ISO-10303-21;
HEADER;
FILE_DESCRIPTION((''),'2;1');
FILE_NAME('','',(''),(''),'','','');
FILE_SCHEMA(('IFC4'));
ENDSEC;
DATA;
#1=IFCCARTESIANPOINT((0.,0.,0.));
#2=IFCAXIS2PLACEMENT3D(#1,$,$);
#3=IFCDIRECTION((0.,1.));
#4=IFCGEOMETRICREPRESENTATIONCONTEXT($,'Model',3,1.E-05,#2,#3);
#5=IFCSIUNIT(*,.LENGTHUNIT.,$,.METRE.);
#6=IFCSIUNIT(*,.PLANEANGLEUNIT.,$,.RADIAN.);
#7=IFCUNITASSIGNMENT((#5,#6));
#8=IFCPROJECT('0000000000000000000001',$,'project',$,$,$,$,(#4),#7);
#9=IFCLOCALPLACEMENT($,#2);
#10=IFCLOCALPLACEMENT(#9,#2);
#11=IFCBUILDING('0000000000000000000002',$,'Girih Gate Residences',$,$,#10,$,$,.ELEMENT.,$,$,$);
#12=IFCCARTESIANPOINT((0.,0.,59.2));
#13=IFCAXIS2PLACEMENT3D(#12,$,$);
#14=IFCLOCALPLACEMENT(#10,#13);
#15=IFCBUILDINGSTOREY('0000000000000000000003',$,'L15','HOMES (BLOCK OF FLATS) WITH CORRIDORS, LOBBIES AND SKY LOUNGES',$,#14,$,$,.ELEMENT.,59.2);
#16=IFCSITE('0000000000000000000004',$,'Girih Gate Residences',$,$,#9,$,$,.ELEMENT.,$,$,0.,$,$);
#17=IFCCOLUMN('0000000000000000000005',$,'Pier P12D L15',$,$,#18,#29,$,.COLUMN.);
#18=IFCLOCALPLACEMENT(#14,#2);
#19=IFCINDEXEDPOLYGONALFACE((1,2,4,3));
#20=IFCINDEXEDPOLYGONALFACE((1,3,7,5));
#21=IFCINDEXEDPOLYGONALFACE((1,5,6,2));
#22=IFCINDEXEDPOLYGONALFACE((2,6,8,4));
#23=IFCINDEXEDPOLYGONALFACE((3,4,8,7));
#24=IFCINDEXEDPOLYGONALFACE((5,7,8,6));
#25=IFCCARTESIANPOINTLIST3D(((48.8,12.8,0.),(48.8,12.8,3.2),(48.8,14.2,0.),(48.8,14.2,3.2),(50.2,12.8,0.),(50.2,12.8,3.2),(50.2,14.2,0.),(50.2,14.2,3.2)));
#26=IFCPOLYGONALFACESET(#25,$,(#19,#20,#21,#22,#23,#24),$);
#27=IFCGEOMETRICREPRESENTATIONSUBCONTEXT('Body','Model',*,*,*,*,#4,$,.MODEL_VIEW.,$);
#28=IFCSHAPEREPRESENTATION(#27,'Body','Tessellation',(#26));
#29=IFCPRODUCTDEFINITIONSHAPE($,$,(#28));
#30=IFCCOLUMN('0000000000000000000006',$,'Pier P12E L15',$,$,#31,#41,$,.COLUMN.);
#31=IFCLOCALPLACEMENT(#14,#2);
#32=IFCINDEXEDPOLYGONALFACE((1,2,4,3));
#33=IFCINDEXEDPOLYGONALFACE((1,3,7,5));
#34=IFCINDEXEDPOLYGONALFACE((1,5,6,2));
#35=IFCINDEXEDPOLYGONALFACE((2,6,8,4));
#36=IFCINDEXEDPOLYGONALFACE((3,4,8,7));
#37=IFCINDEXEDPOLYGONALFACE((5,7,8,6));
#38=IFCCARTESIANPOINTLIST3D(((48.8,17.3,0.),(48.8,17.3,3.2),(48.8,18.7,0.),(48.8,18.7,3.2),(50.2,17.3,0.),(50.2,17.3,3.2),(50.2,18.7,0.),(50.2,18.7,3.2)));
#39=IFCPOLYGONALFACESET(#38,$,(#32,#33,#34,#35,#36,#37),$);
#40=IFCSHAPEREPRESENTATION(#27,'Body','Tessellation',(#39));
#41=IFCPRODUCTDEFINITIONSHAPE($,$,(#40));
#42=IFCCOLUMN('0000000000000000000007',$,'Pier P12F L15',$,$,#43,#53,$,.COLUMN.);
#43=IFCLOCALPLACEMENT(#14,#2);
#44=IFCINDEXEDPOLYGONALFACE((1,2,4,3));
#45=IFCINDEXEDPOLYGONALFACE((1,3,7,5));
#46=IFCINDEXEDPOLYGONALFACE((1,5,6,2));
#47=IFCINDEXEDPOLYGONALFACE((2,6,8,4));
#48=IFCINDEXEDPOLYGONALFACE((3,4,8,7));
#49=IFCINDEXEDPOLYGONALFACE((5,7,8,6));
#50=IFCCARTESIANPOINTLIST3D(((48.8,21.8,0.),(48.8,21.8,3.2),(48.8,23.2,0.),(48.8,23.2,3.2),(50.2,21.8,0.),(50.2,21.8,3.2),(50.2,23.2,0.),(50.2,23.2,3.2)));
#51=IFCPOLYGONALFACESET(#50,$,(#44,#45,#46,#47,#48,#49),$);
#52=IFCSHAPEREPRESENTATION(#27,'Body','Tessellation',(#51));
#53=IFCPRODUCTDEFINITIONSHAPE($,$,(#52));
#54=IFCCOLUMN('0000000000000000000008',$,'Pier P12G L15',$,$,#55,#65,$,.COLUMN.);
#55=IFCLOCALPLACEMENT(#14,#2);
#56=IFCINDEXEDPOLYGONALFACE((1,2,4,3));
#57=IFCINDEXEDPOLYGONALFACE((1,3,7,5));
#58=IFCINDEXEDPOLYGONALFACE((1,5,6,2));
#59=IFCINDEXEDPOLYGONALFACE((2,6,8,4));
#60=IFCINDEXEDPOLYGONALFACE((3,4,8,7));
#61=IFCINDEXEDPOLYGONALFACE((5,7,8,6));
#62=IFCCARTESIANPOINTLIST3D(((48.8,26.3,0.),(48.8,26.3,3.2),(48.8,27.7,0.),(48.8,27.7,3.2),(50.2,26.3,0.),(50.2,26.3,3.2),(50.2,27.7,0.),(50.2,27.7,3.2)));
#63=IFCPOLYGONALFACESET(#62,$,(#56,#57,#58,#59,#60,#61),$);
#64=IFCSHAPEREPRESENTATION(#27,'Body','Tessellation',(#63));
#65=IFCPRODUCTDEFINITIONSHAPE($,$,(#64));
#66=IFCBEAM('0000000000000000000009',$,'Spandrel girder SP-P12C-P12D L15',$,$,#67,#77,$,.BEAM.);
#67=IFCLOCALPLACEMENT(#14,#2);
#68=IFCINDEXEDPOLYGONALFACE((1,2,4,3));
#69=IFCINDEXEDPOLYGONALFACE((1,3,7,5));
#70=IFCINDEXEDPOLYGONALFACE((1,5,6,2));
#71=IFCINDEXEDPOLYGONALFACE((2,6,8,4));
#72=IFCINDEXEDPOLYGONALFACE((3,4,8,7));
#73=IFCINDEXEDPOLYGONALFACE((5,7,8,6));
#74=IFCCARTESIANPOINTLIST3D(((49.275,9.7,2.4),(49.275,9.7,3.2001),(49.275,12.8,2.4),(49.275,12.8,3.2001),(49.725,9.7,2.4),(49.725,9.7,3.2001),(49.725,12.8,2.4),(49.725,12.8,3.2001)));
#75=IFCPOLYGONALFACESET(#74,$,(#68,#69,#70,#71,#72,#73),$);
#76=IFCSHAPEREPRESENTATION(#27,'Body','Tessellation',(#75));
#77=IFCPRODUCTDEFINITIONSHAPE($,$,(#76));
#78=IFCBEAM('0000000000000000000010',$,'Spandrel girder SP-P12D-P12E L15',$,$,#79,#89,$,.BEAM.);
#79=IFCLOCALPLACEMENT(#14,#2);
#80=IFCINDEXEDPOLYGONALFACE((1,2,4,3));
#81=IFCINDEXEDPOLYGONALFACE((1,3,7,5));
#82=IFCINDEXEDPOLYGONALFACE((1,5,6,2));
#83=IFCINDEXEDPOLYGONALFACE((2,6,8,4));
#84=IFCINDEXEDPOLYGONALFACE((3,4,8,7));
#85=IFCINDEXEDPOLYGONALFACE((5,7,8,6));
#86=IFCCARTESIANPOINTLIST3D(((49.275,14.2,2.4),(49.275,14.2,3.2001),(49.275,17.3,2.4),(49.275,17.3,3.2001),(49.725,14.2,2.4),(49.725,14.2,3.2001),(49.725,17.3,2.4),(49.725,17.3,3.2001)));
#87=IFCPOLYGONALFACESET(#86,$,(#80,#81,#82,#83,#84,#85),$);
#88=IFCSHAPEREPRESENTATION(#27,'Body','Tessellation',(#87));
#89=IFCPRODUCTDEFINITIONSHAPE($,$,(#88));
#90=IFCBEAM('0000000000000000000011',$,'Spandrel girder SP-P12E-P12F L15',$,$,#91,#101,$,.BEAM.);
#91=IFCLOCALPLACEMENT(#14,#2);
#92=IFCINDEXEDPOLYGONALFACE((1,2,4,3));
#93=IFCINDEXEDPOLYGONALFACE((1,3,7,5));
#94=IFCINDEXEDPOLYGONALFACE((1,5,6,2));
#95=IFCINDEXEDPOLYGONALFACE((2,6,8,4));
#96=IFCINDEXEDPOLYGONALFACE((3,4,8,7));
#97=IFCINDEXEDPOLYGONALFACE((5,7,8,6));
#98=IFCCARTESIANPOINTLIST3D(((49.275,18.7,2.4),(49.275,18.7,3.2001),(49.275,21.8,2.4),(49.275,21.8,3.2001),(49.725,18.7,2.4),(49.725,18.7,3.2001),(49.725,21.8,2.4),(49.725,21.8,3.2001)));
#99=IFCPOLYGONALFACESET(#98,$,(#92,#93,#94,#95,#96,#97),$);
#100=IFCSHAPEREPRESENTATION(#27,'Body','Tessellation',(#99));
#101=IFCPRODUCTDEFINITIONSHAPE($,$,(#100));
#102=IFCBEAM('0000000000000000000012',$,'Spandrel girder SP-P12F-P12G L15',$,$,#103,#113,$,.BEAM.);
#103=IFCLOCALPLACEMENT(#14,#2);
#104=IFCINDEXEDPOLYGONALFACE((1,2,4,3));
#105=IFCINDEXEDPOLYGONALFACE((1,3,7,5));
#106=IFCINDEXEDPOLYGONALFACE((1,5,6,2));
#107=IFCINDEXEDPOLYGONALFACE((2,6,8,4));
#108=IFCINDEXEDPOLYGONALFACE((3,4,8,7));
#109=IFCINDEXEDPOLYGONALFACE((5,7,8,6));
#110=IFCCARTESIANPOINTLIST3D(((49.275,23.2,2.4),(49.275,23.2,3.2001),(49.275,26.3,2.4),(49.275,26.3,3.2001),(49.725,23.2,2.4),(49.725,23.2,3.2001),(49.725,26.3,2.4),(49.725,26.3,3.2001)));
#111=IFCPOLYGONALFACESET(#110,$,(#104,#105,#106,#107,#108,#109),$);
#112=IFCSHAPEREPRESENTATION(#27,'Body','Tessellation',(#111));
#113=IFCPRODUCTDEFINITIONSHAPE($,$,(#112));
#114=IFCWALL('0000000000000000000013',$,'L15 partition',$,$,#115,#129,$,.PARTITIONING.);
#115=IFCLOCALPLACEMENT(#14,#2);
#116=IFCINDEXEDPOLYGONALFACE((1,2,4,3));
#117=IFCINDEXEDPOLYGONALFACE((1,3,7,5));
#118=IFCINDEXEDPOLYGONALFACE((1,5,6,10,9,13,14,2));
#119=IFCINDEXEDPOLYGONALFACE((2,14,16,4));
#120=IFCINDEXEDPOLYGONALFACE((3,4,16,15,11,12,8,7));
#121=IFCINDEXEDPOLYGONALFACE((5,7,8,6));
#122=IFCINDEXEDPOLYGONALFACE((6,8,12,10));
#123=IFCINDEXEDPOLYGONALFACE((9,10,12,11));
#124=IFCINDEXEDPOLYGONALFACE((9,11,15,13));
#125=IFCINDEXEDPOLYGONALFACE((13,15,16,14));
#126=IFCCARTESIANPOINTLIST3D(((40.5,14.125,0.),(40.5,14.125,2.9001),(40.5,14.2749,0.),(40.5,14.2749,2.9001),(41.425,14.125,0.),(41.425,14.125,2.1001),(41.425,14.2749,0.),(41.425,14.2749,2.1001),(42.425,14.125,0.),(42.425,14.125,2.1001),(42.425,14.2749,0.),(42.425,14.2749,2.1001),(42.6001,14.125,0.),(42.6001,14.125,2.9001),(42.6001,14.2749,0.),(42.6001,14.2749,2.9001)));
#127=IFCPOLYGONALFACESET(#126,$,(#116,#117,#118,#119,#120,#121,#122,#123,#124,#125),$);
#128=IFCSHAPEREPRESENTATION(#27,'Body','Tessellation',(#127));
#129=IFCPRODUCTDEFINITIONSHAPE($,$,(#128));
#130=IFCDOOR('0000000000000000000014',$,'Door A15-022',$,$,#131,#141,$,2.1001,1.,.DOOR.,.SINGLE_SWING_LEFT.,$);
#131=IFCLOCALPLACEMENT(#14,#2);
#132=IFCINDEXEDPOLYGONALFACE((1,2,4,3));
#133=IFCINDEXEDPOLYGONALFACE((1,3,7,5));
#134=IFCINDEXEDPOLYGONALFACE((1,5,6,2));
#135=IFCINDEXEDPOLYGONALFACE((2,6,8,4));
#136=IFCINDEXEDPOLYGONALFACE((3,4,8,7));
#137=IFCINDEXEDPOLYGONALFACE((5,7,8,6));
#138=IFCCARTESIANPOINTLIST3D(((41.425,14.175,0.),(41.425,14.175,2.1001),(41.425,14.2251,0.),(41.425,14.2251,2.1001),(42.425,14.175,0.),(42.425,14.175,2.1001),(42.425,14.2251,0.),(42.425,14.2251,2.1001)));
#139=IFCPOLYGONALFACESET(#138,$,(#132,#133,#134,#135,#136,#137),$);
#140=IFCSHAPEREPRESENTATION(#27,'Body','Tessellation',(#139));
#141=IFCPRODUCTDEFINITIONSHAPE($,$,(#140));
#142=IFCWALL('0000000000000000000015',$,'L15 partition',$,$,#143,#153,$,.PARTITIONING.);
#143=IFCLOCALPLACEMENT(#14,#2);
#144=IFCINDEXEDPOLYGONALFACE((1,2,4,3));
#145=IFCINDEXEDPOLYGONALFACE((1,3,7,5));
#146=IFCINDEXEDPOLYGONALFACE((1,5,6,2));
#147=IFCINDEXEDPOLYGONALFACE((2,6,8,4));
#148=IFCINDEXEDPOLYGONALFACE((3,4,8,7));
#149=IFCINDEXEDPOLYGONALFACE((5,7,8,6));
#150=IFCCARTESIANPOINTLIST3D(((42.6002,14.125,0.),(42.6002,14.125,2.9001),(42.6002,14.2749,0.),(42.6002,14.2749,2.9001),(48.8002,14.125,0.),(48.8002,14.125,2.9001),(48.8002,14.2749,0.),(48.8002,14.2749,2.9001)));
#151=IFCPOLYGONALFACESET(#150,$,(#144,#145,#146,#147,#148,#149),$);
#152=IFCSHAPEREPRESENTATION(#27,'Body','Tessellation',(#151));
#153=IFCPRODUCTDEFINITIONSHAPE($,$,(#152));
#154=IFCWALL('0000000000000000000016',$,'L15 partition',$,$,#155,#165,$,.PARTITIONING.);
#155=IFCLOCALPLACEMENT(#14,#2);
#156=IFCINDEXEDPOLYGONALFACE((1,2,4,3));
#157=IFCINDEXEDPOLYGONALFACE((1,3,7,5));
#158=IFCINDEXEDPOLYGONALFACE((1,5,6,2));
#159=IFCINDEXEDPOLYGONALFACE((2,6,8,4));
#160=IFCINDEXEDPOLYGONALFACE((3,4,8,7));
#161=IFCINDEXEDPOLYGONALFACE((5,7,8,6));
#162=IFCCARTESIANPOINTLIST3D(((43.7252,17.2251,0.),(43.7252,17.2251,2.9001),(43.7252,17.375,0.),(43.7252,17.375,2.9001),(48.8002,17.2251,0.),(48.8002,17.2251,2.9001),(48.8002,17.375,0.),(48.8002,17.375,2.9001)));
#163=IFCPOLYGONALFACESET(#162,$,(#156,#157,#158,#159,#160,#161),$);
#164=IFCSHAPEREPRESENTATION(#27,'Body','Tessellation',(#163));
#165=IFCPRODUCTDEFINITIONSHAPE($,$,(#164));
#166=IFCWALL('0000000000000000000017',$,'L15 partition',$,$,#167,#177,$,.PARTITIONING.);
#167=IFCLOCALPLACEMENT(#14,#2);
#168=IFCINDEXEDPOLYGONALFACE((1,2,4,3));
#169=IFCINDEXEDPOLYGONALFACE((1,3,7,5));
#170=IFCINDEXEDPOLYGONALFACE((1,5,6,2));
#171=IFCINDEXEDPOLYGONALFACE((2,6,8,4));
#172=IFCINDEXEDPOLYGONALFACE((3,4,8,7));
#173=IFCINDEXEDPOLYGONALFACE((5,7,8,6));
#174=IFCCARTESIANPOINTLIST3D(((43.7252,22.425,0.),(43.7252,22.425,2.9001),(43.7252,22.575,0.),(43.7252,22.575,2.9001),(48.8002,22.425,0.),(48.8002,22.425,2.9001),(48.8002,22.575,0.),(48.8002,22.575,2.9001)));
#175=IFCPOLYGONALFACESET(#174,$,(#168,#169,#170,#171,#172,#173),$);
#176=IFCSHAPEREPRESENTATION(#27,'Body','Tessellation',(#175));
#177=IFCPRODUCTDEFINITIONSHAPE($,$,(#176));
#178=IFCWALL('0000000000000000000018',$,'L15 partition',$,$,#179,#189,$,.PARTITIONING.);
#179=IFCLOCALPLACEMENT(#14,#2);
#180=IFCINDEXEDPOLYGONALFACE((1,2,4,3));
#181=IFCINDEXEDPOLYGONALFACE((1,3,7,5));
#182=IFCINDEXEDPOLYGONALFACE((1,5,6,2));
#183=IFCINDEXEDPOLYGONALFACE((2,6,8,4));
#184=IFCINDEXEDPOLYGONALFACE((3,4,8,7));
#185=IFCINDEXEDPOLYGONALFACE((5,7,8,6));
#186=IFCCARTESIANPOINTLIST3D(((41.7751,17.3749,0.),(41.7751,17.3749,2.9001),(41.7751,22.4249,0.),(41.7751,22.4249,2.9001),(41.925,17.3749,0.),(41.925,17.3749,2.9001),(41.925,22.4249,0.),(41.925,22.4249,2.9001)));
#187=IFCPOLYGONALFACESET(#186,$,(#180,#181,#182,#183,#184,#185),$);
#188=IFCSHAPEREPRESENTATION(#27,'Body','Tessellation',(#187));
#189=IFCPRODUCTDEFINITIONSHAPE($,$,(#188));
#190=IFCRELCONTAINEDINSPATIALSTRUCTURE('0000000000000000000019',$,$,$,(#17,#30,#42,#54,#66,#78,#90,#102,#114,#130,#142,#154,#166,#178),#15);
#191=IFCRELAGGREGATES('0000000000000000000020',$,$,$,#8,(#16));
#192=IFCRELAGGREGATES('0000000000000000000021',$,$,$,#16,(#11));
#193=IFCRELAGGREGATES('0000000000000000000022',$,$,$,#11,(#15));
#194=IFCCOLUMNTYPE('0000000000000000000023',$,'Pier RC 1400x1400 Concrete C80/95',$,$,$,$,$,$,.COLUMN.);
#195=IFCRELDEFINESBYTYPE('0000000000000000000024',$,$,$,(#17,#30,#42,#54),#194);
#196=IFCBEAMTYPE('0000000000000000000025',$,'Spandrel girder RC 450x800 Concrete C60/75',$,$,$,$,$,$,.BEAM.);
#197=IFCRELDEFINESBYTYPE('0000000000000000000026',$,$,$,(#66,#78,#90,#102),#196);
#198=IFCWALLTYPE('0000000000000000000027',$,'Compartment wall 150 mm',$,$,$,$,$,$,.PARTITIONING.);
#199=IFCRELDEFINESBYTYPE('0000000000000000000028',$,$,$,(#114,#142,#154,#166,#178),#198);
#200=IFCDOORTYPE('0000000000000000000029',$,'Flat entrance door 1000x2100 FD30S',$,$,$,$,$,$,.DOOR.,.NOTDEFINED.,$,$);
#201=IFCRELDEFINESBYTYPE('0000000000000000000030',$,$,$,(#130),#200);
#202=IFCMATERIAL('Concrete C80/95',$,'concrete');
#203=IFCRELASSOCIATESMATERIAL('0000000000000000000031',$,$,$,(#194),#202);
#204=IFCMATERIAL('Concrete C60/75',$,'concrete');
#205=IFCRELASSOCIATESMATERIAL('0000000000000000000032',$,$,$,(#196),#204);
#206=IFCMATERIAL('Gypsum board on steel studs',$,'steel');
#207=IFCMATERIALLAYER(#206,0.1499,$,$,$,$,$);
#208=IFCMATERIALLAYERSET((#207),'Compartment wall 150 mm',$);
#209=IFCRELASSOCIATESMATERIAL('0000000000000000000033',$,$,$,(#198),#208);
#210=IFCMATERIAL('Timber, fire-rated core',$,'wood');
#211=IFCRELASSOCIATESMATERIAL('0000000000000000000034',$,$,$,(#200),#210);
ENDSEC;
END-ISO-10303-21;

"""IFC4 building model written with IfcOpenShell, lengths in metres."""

from ifc_helpers import new_model, si_unit, direction, frame, frame_2d, origin, origin_2d, place, context, subcontext, project, spatial, rectangle, extrude, material, layer, layer_set, material_profile, profile_set, type_object, element, fill, save


model = new_model("IFC4")

# Units and contexts
model_context = context("Model", 3, precision=1e-05, world=origin(), true_north=direction((0.0, 1.0)))
body_context = subcontext(model_context, "Body", "Model", "MODEL_VIEW")
ifc_project = project(units=[si_unit("LENGTHUNIT", "METRE"), si_unit("PLANEANGLEUNIT", "RADIAN")], contexts=[model_context])

# Site, building, storey
site_placement = place(None, origin())
site = spatial("IfcSite", under=ifc_project, at=site_placement, Name="Girih Gate Residences", CompositionType="ELEMENT", RefElevation=0.0)
building_placement = place(site_placement, origin())
building = spatial("IfcBuilding", under=site, at=building_placement, Name="Girih Gate Residences", CompositionType="ELEMENT")
storey_placement = place(building_placement, frame((0.0, 0.0, 59.2)))
storey = spatial("IfcBuildingStorey", under=building, at=storey_placement, Name="L15", Description="HOMES (BLOCK OF FLATS) WITH CORRIDORS, LOBBIES AND SKY LOUNGES", CompositionType="ELEMENT", Elevation=59.2)

# Columns
ifc_material_1 = material(Name="Concrete C80/95", Category="concrete")
ifc_material_profile_1 = material_profile(ifc_material_1, rectangle(XDim=1.3999, YDim=1.3999, at=origin_2d()))
ifc_profile_set_1 = profile_set([ifc_material_profile_1], Name="Concrete C80/95")
column_type = type_object("IfcColumnType", Name="Pier RC 1400x1400 Concrete C80/95", PredefinedType="COLUMN", material=ifc_profile_set_1)
for number, where, z_axis, x_axis, name in (
    (1, (49.5, 13.5, 0.0), (0.0, 0.0, 1.0), (1.0, 0.0, 0.0), "Pier P12D L15"),
    (2, (49.5, 18.0, 0.0), (0.0, 0.0, 1.0), (1.0, 0.0, 0.0), "Pier P12E L15"),
    (3, (49.5, 22.5, 0.0), (0.0, 0.0, 1.0), (1.0, 0.0, 0.0), "Pier P12F L15"),
    (4, (49.5, 27.0, 0.0), (0.0, 0.0, 1.0), (1.0, 0.0, 0.0), "Pier P12G L15"),
):
    element("IfcColumn", number, at=place(storey_placement, frame(where, z_axis=z_axis, x_axis=x_axis)), inside=storey, type_object=column_type, Name=name, PredefinedType="COLUMN", context=body_context, shape_type="SweptSolid", body=[
        extrude(rectangle(XDim=1.3999, YDim=1.3999, at=origin_2d()), origin(), (0.0, 0.0, 1.0), 3.2),
    ])

# Beams
ifc_material_2 = material(Name="Concrete C60/75", Category="concrete")
ifc_material_profile_2 = material_profile(ifc_material_2, rectangle(XDim=0.45, YDim=0.8, at=origin_2d()))
ifc_profile_set_2 = profile_set([ifc_material_profile_2], Name="Concrete C60/75")
beam_type = type_object("IfcBeamType", Name="Spandrel girder RC 450x800 Concrete C60/75", PredefinedType="BEAM", material=ifc_profile_set_2)
for number, where, z_axis, x_axis, name in (
    (5, (49.5, 9.7, 2.8), (0.0, 1.0, 0.0), (-1.0, 0.0, 0.0), "Spandrel girder SP-P12C-P12D L15"),
    (6, (49.5, 14.2, 2.8), (0.0, 1.0, 0.0), (-1.0, 0.0, 0.0), "Spandrel girder SP-P12D-P12E L15"),
    (7, (49.5, 18.7, 2.8), (0.0, 1.0, 0.0), (-1.0, 0.0, 0.0), "Spandrel girder SP-P12E-P12F L15"),
    (8, (49.5, 23.2, 2.8), (0.0, 1.0, 0.0), (-1.0, 0.0, 0.0), "Spandrel girder SP-P12F-P12G L15"),
):
    element("IfcBeam", number, at=place(storey_placement, frame(where, z_axis=z_axis, x_axis=x_axis)), inside=storey, type_object=beam_type, Name=name, PredefinedType="BEAM", context=body_context, shape_type="SweptSolid", body=[
        extrude(rectangle(XDim=0.45, YDim=0.8, at=origin_2d()), origin(), (0.0, 0.0, 1.0), 3.1001),
    ])

# Wall, opening, door
ifc_material_3 = material(Name="Gypsum board on steel studs", Category="steel")
ifc_layer_1 = layer(ifc_material_3, 0.1499)
ifc_layer_set_1 = layer_set([ifc_layer_1], Name="Compartment wall 150 mm")
wall_type_1 = type_object("IfcWallType", Name="Compartment wall 150 mm", PredefinedType="PARTITIONING", material=ifc_layer_set_1)
wall_1_placement = place(storey_placement, frame((42.6001, 14.2, 0.0), z_axis=(0.0, 0.0, 1.0), x_axis=(-1.0, 0.0, 0.0)))
wall_1 = element("IfcWall", 9, at=wall_1_placement, inside=storey, type_object=wall_type_1, Name="L15 partition", PredefinedType="PARTITIONING", context=body_context, shape_type="SweptSolid", body=[
    extrude(rectangle(XDim=2.1001, YDim=0.1499, at=frame_2d((1.05, 0.0))), origin(), (0.0, 0.0, 1.0), 2.9001),
])
opening_1_placement = place(wall_1_placement, frame((0.175, 0.0, 0.0)))
opening_1 = element("IfcOpeningElement", 10, at=opening_1_placement, cuts=wall_1, PredefinedType="OPENING", context=body_context, shape_type="SweptSolid", body=[
    extrude(rectangle(XDim=1.0, YDim=2.1001, at=frame_2d((0.5, 1.05))), frame((0.0, 0.085, 0.0), z_axis=(0.0, -1.0, 0.0), x_axis=(1.0, 0.0, 0.0)), (0.0, 0.0, 1.0), 0.1699),
])
ifc_material_4 = material(Name="Timber, fire-rated core", Category="wood")
door_type_1 = type_object("IfcDoorType", Name="Flat entrance door 1000x2100 FD30S", OperationType="NOTDEFINED", PredefinedType="DOOR", material=ifc_material_4)
door_1_placement = place(opening_1_placement, origin())
door_1 = element("IfcDoor", 11, at=door_1_placement, inside=storey, type_object=door_type_1, Name="Door A15-022", OperationType="SINGLE_SWING_LEFT", OverallHeight=2.1001, OverallWidth=1.0, PredefinedType="DOOR", context=body_context, shape_type="SweptSolid", body=[
    extrude(rectangle(XDim=1.0, YDim=2.1001, at=frame_2d((0.5, 1.05))), frame((0.0, 0.0249, 0.0), z_axis=(0.0, -1.0, 0.0), x_axis=(1.0, 0.0, 0.0)), (0.0, 0.0, 1.0), 0.05),
])
fill(opening_1, door_1)

# Walls
wall_2_placement = place(storey_placement, frame((42.6001, 14.2, 0.0), z_axis=(0.0, 0.0, 1.0), x_axis=(1.0, 0.0, 0.0)))
element("IfcWall", 12, at=wall_2_placement, inside=storey, type_object=wall_type_1, Name="L15 partition", PredefinedType="PARTITIONING", context=body_context, shape_type="SweptSolid", body=[
    extrude(rectangle(XDim=6.2, YDim=0.1499, at=frame_2d((3.1001, 0.0))), origin(), (0.0, 0.0, 1.0), 2.9001),
])
for number, where, z_axis, x_axis, name in (
    (13, (43.7251, 17.3, 0.0), (0.0, 0.0, 1.0), (1.0, 0.0, 0.0), "L15 partition"),
    (14, (43.7251, 22.5, 0.0), (0.0, 0.0, 1.0), (1.0, 0.0, 0.0), "L15 partition"),
):
    element("IfcWall", number, at=place(storey_placement, frame(where, z_axis=z_axis, x_axis=x_axis)), inside=storey, type_object=wall_type_1, Name=name, PredefinedType="PARTITIONING", context=body_context, shape_type="SweptSolid", body=[
        extrude(rectangle(XDim=5.075, YDim=0.1499, at=frame_2d((2.5376, 0.0))), origin(), (0.0, 0.0, 1.0), 2.9001),
    ])
wall_3_placement = place(storey_placement, frame((41.8501, 17.375, 0.0), z_axis=(0.0, 0.0, 1.0), x_axis=(0.0, 1.0, 0.0)))
element("IfcWall", 15, at=wall_3_placement, inside=storey, type_object=wall_type_1, Name="L15 partition", PredefinedType="PARTITIONING", context=body_context, shape_type="SweptSolid", body=[
    extrude(rectangle(XDim=5.05, YDim=0.1499, at=frame_2d((2.5249, 0.0))), origin(), (0.0, 0.0, 1.0), 2.9001),
])

save(model, "model.ifc")
